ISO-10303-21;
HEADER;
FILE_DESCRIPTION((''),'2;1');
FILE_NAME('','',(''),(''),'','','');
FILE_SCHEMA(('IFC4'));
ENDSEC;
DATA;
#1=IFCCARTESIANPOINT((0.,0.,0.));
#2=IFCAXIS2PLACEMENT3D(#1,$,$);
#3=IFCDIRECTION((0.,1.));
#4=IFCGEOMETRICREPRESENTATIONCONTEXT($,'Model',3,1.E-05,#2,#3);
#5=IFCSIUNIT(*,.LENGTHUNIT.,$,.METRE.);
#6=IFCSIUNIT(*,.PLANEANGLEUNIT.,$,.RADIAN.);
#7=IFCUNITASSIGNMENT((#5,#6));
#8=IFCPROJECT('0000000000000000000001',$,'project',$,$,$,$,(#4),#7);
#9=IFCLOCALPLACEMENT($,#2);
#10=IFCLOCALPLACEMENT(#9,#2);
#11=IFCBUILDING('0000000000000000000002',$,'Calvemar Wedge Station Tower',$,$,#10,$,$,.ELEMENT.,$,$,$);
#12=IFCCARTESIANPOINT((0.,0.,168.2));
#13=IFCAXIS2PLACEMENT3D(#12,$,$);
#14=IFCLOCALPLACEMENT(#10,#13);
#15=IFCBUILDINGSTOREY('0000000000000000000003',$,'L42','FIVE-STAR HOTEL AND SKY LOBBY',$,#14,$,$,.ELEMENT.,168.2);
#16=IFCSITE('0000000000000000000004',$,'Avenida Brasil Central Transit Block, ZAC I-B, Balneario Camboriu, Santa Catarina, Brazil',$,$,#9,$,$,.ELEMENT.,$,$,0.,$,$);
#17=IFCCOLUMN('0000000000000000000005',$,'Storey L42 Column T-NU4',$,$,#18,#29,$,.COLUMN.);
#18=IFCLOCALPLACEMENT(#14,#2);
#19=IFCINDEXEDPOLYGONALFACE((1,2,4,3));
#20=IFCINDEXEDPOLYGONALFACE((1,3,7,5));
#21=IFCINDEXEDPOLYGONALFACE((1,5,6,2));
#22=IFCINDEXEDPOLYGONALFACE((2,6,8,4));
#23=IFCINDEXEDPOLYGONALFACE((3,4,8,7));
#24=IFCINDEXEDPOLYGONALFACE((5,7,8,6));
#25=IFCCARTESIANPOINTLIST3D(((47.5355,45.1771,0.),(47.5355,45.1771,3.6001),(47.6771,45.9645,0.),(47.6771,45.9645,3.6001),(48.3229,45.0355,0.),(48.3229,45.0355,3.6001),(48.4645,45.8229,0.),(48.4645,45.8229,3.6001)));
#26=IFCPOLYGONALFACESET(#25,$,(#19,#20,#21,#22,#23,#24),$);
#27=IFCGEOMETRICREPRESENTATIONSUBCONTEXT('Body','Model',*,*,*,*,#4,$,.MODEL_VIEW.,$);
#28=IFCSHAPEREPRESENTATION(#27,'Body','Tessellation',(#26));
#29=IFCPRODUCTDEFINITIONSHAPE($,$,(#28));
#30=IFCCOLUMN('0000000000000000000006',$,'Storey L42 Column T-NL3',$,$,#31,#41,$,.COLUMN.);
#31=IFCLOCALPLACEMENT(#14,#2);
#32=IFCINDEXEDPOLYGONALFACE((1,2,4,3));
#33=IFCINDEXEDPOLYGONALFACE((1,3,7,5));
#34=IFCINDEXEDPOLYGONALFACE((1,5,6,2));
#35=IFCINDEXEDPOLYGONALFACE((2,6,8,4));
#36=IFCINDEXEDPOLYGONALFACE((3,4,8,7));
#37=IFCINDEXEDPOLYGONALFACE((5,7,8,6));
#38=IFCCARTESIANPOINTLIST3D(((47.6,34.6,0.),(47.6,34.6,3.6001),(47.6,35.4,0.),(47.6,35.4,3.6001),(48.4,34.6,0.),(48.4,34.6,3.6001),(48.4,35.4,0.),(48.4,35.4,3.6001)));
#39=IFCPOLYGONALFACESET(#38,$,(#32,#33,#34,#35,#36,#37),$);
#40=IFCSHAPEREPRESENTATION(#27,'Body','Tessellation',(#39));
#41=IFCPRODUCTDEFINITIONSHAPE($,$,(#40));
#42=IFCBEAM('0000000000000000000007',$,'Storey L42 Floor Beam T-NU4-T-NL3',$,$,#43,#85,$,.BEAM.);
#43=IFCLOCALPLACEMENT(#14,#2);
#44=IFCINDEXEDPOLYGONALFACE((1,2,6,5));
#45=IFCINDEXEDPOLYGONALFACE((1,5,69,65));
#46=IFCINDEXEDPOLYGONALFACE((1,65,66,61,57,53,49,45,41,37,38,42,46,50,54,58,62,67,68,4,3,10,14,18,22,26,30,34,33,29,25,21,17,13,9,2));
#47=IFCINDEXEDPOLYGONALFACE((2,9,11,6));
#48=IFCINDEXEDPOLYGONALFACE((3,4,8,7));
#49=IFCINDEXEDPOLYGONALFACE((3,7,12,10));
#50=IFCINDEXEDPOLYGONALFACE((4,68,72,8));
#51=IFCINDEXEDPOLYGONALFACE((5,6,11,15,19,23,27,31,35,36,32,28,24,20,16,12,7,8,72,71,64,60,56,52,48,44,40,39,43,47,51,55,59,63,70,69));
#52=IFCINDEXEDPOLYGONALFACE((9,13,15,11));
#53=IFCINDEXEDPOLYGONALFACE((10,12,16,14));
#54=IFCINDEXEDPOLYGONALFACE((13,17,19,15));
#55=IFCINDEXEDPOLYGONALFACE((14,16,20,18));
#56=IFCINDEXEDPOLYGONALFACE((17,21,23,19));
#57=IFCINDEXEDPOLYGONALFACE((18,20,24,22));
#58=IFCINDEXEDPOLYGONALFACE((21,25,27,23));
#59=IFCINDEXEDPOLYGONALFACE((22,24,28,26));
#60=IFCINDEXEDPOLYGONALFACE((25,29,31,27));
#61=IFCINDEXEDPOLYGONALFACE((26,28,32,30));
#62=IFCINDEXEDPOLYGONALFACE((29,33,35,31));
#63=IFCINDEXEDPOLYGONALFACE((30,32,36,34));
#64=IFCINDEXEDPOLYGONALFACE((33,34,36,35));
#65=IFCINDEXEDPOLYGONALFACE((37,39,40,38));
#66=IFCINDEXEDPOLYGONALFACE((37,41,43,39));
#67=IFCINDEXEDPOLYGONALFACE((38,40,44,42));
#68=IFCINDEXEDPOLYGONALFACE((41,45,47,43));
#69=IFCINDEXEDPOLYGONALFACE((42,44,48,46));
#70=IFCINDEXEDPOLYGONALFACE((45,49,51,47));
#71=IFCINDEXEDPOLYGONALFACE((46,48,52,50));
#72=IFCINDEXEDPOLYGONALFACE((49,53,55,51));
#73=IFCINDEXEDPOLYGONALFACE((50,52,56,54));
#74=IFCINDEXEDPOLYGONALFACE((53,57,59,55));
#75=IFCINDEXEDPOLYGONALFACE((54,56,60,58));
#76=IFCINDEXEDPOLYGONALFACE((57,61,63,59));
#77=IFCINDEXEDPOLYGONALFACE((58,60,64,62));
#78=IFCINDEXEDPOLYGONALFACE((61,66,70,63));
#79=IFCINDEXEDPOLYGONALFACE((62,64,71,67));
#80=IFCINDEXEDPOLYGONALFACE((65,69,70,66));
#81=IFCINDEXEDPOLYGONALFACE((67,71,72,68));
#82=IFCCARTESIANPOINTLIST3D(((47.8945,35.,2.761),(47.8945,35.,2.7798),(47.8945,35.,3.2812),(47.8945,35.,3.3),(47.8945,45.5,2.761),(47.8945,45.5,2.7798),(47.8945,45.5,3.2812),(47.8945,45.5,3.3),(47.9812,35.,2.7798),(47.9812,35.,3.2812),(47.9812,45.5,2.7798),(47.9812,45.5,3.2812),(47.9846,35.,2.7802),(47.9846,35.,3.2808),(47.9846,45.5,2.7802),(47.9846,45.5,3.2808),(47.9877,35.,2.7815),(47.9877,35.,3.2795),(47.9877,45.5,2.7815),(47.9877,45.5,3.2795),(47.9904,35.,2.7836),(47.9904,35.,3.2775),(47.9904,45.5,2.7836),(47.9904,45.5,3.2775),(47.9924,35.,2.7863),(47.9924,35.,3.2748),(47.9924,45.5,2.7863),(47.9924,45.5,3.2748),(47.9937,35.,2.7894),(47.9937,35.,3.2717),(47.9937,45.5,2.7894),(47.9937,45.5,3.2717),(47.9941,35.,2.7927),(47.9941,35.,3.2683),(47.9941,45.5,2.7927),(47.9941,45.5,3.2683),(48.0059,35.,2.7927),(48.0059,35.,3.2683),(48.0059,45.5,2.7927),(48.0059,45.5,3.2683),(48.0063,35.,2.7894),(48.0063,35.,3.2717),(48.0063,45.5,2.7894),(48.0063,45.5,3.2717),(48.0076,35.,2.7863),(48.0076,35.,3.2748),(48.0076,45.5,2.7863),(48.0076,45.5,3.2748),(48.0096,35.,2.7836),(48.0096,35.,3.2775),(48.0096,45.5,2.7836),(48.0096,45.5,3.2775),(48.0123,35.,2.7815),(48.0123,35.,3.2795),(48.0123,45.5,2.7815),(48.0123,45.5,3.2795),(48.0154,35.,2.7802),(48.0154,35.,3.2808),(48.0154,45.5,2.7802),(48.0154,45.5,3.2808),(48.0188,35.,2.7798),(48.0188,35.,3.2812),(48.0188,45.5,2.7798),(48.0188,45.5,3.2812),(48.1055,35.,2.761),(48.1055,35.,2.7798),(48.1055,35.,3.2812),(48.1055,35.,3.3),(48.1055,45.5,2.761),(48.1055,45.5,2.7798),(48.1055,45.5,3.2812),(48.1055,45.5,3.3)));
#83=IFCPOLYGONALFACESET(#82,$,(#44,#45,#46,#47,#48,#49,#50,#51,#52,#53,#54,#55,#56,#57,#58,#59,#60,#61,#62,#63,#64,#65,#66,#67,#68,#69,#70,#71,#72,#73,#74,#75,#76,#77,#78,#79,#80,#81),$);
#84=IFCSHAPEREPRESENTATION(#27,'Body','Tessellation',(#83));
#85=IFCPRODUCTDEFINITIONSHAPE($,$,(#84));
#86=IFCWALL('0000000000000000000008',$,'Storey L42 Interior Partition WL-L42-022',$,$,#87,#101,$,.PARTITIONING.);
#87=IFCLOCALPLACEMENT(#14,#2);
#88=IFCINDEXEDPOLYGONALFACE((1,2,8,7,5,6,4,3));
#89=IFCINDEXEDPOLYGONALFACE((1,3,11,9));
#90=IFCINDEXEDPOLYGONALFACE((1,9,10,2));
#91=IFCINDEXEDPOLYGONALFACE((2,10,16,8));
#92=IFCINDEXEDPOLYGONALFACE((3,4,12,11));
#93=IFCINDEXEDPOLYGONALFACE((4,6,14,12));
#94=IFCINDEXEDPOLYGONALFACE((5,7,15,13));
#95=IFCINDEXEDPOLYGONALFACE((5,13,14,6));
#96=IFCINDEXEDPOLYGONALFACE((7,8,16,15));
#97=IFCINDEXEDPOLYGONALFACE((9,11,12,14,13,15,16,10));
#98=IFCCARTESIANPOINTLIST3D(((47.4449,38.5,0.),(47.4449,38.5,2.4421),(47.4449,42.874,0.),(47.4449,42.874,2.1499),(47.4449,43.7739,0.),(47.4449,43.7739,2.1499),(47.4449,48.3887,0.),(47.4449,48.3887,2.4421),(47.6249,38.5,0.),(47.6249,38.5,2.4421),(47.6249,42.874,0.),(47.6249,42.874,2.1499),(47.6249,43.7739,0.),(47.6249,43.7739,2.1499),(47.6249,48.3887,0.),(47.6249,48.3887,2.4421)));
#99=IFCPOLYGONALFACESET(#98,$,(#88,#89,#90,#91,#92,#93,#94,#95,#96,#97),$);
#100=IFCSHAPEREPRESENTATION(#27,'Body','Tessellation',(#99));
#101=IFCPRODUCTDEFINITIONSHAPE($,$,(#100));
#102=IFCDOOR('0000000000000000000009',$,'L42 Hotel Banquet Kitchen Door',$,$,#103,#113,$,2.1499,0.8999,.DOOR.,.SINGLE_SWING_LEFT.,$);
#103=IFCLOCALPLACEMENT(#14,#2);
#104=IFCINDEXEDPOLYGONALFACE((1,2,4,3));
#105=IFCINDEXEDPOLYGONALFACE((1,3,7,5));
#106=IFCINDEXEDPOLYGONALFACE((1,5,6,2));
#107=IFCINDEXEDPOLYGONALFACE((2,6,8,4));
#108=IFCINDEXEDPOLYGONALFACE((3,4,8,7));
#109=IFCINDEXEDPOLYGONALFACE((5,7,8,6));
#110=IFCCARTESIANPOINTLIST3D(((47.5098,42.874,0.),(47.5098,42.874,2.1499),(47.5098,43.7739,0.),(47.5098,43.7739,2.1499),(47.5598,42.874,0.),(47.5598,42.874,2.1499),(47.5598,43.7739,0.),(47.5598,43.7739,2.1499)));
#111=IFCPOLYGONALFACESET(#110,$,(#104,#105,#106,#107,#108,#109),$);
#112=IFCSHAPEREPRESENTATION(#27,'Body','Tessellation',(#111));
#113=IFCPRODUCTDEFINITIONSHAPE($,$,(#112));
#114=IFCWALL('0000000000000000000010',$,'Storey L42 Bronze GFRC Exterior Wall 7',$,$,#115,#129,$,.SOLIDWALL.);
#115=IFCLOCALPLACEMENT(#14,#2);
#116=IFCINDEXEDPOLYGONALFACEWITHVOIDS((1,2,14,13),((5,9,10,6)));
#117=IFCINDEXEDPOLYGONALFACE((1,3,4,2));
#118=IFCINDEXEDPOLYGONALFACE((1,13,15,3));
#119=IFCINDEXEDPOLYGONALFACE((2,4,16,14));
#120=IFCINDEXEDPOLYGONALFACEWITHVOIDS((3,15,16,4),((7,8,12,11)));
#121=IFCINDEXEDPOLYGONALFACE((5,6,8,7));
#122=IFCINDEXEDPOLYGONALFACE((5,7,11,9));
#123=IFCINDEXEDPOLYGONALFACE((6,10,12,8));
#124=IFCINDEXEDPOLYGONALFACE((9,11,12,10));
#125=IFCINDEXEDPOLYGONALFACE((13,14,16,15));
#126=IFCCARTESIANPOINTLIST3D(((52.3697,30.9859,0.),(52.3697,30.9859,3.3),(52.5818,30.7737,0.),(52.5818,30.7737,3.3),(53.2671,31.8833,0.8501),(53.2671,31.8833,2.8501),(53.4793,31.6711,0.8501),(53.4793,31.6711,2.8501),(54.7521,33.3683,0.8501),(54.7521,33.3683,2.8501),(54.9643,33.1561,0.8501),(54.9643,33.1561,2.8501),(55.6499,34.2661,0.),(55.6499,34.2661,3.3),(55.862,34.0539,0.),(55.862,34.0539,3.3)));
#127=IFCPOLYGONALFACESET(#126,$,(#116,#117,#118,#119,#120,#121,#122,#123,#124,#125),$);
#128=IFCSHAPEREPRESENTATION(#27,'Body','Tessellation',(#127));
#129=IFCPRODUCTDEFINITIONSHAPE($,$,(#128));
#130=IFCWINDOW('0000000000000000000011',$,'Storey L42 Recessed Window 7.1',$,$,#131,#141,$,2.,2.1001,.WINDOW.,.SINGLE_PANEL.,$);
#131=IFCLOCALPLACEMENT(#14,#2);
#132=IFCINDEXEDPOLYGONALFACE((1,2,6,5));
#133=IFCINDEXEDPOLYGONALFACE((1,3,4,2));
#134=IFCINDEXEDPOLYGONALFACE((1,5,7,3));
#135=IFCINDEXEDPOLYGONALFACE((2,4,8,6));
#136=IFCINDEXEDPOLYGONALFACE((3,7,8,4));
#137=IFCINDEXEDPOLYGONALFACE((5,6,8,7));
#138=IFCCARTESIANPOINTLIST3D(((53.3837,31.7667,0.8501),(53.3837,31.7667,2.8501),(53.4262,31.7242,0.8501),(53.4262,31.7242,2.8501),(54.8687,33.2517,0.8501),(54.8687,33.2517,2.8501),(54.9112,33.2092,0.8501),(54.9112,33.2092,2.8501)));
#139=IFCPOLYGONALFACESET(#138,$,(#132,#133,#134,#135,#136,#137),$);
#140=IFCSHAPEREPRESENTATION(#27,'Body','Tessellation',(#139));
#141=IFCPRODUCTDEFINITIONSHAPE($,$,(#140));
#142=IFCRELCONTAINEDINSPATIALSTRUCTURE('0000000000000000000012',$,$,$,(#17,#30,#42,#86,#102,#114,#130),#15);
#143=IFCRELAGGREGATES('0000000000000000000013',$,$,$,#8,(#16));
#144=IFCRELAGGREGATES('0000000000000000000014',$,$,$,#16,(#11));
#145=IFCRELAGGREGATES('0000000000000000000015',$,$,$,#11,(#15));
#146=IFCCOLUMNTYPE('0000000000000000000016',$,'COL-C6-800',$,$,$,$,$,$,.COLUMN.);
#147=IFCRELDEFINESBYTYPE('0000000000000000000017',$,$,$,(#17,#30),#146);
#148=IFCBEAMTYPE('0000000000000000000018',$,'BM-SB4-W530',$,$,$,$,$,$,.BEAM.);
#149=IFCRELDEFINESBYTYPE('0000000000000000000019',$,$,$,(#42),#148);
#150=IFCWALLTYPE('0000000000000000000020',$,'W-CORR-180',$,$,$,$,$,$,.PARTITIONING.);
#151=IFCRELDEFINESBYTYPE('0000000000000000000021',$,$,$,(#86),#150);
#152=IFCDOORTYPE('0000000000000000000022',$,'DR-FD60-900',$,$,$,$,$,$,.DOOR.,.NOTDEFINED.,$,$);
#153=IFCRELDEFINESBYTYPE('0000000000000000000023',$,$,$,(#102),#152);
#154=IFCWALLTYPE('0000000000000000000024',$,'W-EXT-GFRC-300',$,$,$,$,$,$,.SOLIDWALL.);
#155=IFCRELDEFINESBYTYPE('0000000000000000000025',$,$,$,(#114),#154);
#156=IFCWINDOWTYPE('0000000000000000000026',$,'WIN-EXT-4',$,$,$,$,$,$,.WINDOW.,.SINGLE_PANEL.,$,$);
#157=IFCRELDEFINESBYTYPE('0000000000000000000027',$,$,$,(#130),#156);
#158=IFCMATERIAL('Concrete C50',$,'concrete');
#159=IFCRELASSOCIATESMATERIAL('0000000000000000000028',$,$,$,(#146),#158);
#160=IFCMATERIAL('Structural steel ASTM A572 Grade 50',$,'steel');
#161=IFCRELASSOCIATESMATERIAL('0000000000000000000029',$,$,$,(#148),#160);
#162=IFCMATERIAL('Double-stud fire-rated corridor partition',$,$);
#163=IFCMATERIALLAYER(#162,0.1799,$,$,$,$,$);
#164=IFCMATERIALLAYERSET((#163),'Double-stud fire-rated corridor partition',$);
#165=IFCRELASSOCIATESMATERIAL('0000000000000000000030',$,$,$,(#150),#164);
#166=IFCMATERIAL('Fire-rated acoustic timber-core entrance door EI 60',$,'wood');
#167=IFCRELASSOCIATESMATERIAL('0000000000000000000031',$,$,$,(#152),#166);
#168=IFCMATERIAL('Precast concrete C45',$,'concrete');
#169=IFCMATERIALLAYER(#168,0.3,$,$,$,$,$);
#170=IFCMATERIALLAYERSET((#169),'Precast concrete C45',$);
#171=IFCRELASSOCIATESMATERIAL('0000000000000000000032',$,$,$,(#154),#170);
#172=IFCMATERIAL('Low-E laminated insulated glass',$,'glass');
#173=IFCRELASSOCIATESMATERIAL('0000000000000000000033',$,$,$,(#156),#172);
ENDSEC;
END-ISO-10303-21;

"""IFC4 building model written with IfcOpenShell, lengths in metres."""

from ifc_helpers import new_model, si_unit, direction, frame, frame_2d, origin, origin_2d, place, context, subcontext, project, spatial, rectangle, i_section, extrude, source, transform, mapped, material, layer, layer_set, material_profile, profile_set, type_object, element, fill, save


model = new_model("IFC4")

# Units and contexts
model_context = context("Model", 3, precision=1e-05, world=origin(), true_north=direction((0.0, 1.0)))
body_context = subcontext(model_context, "Body", "Model", "MODEL_VIEW")
ifc_project = project(units=[si_unit("LENGTHUNIT", "METRE"), si_unit("PLANEANGLEUNIT", "RADIAN")], contexts=[model_context])

# Site, building, storey
site_placement = place(None, origin())
site = spatial("IfcSite", under=ifc_project, at=site_placement, Name="Avenida Brasil Central Transit Block, ZAC I-B, Balneario Camboriu, Santa Catarina, Brazil", CompositionType="ELEMENT", RefElevation=0.0)
building_placement = place(site_placement, origin())
building = spatial("IfcBuilding", under=site, at=building_placement, Name="Calvemar Wedge Station Tower", CompositionType="ELEMENT")
storey_placement = place(building_placement, frame((0.0, 0.0, 168.2)))
storey = spatial("IfcBuildingStorey", under=building, at=storey_placement, Name="L42", Description="FIVE-STAR HOTEL AND SKY LOBBY", CompositionType="ELEMENT", Elevation=168.2)

# Columns
ifc_material_1 = material(Name="Concrete C50", Category="concrete")
ifc_material_profile_1 = material_profile(ifc_material_1, rectangle(XDim=0.8, YDim=0.8, at=origin_2d()), Name="RC800x800")
ifc_profile_set_1 = profile_set([ifc_material_profile_1], Name="Concrete C50")
column_type = type_object("IfcColumnType", Name="COL-C6-800", PredefinedType="COLUMN", material=ifc_profile_set_1)
shared_shape_1 = source(origin(), body_context, "Body", "SweptSolid", [
    extrude(rectangle(XDim=0.8, YDim=0.8, at=origin_2d()), origin(), (0.0, 0.0, 1.0), 3.6001),
])
for number, where, z_axis, x_axis, name in (
    (1, (48.0, 45.5, 0.0), (0.0, 0.0, 1.0), (0.984196, -0.177085, 0.0), "Storey L42 Column T-NU4"),
    (2, (48.0, 35.0, 0.0), (0.0, 0.0, 1.0), (1.0, 0.0, 0.0), "Storey L42 Column T-NL3"),
):
    element("IfcColumn", number, at=place(storey_placement, frame(where, z_axis=z_axis, x_axis=x_axis)), inside=storey, type_object=column_type, Name=name, PredefinedType="COLUMN", context=body_context, shape_type="MappedRepresentation", body=[
        mapped(shared_shape_1, transform((0.0, 0.0, 0.0), scale=1.0)),
    ])

# Beam
ifc_material_2 = material(Name="Structural steel ASTM A572 Grade 50", Category="steel")
ifc_material_profile_2 = material_profile(ifc_material_2, i_section(OverallWidth=0.2109, OverallDepth=0.5391, WebThickness=0.0117, FlangeThickness=0.0188, FilletRadius=0.0129, at=origin_2d()), Name="W530x109")
ifc_profile_set_2 = profile_set([ifc_material_profile_2], Name="Structural steel ASTM A572 Grade 50")
beam_type = type_object("IfcBeamType", Name="BM-SB4-W530", PredefinedType="BEAM", material=ifc_profile_set_2)
shared_shape_2 = source(origin(), body_context, "Body", "SweptSolid", [
    extrude(i_section(OverallWidth=0.2109, OverallDepth=0.5391, WebThickness=0.0117, FlangeThickness=0.0188, FilletRadius=0.0129, at=origin_2d()), origin(), (0.0, 0.0, 1.0), 10.5),
])
beam_placement = place(storey_placement, frame((48.0, 45.5, 3.0305), z_axis=(0.0, -1.0, 0.0), x_axis=(1.0, 0.0, 0.0)))
element("IfcBeam", 3, at=beam_placement, inside=storey, type_object=beam_type, Name="Storey L42 Floor Beam T-NU4-T-NL3", PredefinedType="BEAM", context=body_context, shape_type="MappedRepresentation", body=[
    mapped(shared_shape_2, transform((0.0, 0.0, 0.0), scale=1.0)),
])

# Wall, opening, door
ifc_material_3 = material(Name="Double-stud fire-rated corridor partition")
ifc_layer_1 = layer(ifc_material_3, 0.1799)
ifc_layer_set_1 = layer_set([ifc_layer_1], Name="Double-stud fire-rated corridor partition")
wall_type_1 = type_object("IfcWallType", Name="W-CORR-180", PredefinedType="PARTITIONING", material=ifc_layer_set_1)
wall_1_placement = place(storey_placement, frame((47.5349, 48.3887, 0.0), z_axis=(0.0, 0.0, 1.0), x_axis=(0.0, -1.0, 0.0)))
wall_1 = element("IfcWall", 4, at=wall_1_placement, inside=storey, type_object=wall_type_1, Name="Storey L42 Interior Partition WL-L42-022", PredefinedType="PARTITIONING", context=body_context, shape_type="SweptSolid", body=[
    extrude(rectangle(XDim=9.8887, YDim=0.1799, at=frame_2d((4.9443, 0.0))), origin(), (0.0, 0.0, 1.0), 2.4421),
])
shared_shape_3 = source(origin(), body_context, "Body", "SweptSolid", [
    extrude(rectangle(XDim=0.8999, YDim=2.1499, at=frame_2d((0.45, 1.075))), frame((0.0, 0.1001, 0.0), z_axis=(0.0, -1.0, 0.0), x_axis=(1.0, 0.0, 0.0)), (0.0, 0.0, 1.0), 0.2),
])
opening_1_placement = place(wall_1_placement, frame((4.6147, 0.0, 0.0)))
opening_1 = element("IfcOpeningElement", 5, at=opening_1_placement, cuts=wall_1, PredefinedType="OPENING", context=body_context, shape_type="MappedRepresentation", body=[
    mapped(shared_shape_3, transform((0.0, 0.0, 0.0), scale=1.0)),
])
ifc_material_4 = material(Name="Fire-rated acoustic timber-core entrance door EI 60", Category="wood")
door_type_1 = type_object("IfcDoorType", Name="DR-FD60-900", OperationType="NOTDEFINED", PredefinedType="DOOR", material=ifc_material_4)
shared_shape_4 = source(origin(), body_context, "Body", "SweptSolid", [
    extrude(rectangle(XDim=0.8999, YDim=2.1499, at=frame_2d((0.45, 1.075))), frame((0.0, 0.0249, 0.0), z_axis=(0.0, -1.0, 0.0), x_axis=(1.0, 0.0, 0.0)), (0.0, 0.0, 1.0), 0.05),
])
door_1_placement = place(opening_1_placement, origin())
door_1 = element("IfcDoor", 6, at=door_1_placement, inside=storey, type_object=door_type_1, Name="L42 Hotel Banquet Kitchen Door", OperationType="SINGLE_SWING_LEFT", OverallHeight=2.1499, OverallWidth=0.8999, PredefinedType="DOOR", context=body_context, shape_type="MappedRepresentation", body=[
    mapped(shared_shape_4, transform((0.0, 0.0, 0.0), scale=1.0)),
])
fill(opening_1, door_1)

# Wall, opening, window
ifc_material_5 = material(Name="Precast concrete C45", Category="concrete")
ifc_layer_2 = layer(ifc_material_5, 0.3)
ifc_layer_set_2 = layer_set([ifc_layer_2], Name="Precast concrete C45")
wall_type_2 = type_object("IfcWallType", Name="W-EXT-GFRC-300", PredefinedType="SOLIDWALL", material=ifc_layer_set_2)
wall_2_placement = place(storey_placement, frame((52.4758, 30.8799, 0.0), z_axis=(0.0, 0.0, 1.0), x_axis=(0.707107, 0.707107, 0.0)))
wall_2 = element("IfcWall", 7, at=wall_2_placement, inside=storey, type_object=wall_type_2, Name="Storey L42 Bronze GFRC Exterior Wall 7", PredefinedType="SOLIDWALL", context=body_context, shape_type="SweptSolid", body=[
    extrude(rectangle(XDim=4.6389, YDim=0.3, at=frame_2d((2.3193, 0.0))), origin(), (0.0, 0.0, 1.0), 3.3),
])
shared_shape_5 = source(origin(), body_context, "Body", "SweptSolid", [
    extrude(rectangle(XDim=2.1001, YDim=2.0, at=frame_2d((1.05, 1.0))), frame((0.0, 0.1602, 0.0), z_axis=(0.0, -1.0, 0.0), x_axis=(1.0, 0.0, 0.0)), (0.0, 0.0, 1.0), 0.3201),
])
opening_2_placement = place(wall_2_placement, frame((1.269, 0.0, 0.8501)))
opening_2 = element("IfcOpeningElement", 8, at=opening_2_placement, cuts=wall_2, PredefinedType="OPENING", context=body_context, shape_type="MappedRepresentation", body=[
    mapped(shared_shape_5, transform((0.0, 0.0, 0.0), scale=1.0)),
])
ifc_material_6 = material(Name="Low-E laminated insulated glass", Category="glass")
window_type_1 = type_object("IfcWindowType", Name="WIN-EXT-4", PartitioningType="SINGLE_PANEL", PredefinedType="WINDOW", material=ifc_material_6)
shared_shape_6 = source(origin(), body_context, "Body", "SweptSolid", [
    extrude(rectangle(XDim=2.1001, YDim=2.0, at=frame_2d((1.05, 1.0))), frame((0.0, -0.0149, 0.0), z_axis=(0.0, -1.0, 0.0), x_axis=(1.0, 0.0, 0.0)), (0.0, 0.0, 1.0), 0.0601),
])
window_1_placement = place(opening_2_placement, origin())
window_1 = element("IfcWindow", 9, at=window_1_placement, inside=storey, type_object=window_type_1, Name="Storey L42 Recessed Window 7.1", OverallHeight=2.0, OverallWidth=2.1001, PartitioningType="SINGLE_PANEL", PredefinedType="WINDOW", context=body_context, shape_type="MappedRepresentation", body=[
    mapped(shared_shape_6, transform((0.0, 0.0, 0.0), scale=1.0)),
])
fill(opening_2, window_1)

save(model, "model.ifc")
